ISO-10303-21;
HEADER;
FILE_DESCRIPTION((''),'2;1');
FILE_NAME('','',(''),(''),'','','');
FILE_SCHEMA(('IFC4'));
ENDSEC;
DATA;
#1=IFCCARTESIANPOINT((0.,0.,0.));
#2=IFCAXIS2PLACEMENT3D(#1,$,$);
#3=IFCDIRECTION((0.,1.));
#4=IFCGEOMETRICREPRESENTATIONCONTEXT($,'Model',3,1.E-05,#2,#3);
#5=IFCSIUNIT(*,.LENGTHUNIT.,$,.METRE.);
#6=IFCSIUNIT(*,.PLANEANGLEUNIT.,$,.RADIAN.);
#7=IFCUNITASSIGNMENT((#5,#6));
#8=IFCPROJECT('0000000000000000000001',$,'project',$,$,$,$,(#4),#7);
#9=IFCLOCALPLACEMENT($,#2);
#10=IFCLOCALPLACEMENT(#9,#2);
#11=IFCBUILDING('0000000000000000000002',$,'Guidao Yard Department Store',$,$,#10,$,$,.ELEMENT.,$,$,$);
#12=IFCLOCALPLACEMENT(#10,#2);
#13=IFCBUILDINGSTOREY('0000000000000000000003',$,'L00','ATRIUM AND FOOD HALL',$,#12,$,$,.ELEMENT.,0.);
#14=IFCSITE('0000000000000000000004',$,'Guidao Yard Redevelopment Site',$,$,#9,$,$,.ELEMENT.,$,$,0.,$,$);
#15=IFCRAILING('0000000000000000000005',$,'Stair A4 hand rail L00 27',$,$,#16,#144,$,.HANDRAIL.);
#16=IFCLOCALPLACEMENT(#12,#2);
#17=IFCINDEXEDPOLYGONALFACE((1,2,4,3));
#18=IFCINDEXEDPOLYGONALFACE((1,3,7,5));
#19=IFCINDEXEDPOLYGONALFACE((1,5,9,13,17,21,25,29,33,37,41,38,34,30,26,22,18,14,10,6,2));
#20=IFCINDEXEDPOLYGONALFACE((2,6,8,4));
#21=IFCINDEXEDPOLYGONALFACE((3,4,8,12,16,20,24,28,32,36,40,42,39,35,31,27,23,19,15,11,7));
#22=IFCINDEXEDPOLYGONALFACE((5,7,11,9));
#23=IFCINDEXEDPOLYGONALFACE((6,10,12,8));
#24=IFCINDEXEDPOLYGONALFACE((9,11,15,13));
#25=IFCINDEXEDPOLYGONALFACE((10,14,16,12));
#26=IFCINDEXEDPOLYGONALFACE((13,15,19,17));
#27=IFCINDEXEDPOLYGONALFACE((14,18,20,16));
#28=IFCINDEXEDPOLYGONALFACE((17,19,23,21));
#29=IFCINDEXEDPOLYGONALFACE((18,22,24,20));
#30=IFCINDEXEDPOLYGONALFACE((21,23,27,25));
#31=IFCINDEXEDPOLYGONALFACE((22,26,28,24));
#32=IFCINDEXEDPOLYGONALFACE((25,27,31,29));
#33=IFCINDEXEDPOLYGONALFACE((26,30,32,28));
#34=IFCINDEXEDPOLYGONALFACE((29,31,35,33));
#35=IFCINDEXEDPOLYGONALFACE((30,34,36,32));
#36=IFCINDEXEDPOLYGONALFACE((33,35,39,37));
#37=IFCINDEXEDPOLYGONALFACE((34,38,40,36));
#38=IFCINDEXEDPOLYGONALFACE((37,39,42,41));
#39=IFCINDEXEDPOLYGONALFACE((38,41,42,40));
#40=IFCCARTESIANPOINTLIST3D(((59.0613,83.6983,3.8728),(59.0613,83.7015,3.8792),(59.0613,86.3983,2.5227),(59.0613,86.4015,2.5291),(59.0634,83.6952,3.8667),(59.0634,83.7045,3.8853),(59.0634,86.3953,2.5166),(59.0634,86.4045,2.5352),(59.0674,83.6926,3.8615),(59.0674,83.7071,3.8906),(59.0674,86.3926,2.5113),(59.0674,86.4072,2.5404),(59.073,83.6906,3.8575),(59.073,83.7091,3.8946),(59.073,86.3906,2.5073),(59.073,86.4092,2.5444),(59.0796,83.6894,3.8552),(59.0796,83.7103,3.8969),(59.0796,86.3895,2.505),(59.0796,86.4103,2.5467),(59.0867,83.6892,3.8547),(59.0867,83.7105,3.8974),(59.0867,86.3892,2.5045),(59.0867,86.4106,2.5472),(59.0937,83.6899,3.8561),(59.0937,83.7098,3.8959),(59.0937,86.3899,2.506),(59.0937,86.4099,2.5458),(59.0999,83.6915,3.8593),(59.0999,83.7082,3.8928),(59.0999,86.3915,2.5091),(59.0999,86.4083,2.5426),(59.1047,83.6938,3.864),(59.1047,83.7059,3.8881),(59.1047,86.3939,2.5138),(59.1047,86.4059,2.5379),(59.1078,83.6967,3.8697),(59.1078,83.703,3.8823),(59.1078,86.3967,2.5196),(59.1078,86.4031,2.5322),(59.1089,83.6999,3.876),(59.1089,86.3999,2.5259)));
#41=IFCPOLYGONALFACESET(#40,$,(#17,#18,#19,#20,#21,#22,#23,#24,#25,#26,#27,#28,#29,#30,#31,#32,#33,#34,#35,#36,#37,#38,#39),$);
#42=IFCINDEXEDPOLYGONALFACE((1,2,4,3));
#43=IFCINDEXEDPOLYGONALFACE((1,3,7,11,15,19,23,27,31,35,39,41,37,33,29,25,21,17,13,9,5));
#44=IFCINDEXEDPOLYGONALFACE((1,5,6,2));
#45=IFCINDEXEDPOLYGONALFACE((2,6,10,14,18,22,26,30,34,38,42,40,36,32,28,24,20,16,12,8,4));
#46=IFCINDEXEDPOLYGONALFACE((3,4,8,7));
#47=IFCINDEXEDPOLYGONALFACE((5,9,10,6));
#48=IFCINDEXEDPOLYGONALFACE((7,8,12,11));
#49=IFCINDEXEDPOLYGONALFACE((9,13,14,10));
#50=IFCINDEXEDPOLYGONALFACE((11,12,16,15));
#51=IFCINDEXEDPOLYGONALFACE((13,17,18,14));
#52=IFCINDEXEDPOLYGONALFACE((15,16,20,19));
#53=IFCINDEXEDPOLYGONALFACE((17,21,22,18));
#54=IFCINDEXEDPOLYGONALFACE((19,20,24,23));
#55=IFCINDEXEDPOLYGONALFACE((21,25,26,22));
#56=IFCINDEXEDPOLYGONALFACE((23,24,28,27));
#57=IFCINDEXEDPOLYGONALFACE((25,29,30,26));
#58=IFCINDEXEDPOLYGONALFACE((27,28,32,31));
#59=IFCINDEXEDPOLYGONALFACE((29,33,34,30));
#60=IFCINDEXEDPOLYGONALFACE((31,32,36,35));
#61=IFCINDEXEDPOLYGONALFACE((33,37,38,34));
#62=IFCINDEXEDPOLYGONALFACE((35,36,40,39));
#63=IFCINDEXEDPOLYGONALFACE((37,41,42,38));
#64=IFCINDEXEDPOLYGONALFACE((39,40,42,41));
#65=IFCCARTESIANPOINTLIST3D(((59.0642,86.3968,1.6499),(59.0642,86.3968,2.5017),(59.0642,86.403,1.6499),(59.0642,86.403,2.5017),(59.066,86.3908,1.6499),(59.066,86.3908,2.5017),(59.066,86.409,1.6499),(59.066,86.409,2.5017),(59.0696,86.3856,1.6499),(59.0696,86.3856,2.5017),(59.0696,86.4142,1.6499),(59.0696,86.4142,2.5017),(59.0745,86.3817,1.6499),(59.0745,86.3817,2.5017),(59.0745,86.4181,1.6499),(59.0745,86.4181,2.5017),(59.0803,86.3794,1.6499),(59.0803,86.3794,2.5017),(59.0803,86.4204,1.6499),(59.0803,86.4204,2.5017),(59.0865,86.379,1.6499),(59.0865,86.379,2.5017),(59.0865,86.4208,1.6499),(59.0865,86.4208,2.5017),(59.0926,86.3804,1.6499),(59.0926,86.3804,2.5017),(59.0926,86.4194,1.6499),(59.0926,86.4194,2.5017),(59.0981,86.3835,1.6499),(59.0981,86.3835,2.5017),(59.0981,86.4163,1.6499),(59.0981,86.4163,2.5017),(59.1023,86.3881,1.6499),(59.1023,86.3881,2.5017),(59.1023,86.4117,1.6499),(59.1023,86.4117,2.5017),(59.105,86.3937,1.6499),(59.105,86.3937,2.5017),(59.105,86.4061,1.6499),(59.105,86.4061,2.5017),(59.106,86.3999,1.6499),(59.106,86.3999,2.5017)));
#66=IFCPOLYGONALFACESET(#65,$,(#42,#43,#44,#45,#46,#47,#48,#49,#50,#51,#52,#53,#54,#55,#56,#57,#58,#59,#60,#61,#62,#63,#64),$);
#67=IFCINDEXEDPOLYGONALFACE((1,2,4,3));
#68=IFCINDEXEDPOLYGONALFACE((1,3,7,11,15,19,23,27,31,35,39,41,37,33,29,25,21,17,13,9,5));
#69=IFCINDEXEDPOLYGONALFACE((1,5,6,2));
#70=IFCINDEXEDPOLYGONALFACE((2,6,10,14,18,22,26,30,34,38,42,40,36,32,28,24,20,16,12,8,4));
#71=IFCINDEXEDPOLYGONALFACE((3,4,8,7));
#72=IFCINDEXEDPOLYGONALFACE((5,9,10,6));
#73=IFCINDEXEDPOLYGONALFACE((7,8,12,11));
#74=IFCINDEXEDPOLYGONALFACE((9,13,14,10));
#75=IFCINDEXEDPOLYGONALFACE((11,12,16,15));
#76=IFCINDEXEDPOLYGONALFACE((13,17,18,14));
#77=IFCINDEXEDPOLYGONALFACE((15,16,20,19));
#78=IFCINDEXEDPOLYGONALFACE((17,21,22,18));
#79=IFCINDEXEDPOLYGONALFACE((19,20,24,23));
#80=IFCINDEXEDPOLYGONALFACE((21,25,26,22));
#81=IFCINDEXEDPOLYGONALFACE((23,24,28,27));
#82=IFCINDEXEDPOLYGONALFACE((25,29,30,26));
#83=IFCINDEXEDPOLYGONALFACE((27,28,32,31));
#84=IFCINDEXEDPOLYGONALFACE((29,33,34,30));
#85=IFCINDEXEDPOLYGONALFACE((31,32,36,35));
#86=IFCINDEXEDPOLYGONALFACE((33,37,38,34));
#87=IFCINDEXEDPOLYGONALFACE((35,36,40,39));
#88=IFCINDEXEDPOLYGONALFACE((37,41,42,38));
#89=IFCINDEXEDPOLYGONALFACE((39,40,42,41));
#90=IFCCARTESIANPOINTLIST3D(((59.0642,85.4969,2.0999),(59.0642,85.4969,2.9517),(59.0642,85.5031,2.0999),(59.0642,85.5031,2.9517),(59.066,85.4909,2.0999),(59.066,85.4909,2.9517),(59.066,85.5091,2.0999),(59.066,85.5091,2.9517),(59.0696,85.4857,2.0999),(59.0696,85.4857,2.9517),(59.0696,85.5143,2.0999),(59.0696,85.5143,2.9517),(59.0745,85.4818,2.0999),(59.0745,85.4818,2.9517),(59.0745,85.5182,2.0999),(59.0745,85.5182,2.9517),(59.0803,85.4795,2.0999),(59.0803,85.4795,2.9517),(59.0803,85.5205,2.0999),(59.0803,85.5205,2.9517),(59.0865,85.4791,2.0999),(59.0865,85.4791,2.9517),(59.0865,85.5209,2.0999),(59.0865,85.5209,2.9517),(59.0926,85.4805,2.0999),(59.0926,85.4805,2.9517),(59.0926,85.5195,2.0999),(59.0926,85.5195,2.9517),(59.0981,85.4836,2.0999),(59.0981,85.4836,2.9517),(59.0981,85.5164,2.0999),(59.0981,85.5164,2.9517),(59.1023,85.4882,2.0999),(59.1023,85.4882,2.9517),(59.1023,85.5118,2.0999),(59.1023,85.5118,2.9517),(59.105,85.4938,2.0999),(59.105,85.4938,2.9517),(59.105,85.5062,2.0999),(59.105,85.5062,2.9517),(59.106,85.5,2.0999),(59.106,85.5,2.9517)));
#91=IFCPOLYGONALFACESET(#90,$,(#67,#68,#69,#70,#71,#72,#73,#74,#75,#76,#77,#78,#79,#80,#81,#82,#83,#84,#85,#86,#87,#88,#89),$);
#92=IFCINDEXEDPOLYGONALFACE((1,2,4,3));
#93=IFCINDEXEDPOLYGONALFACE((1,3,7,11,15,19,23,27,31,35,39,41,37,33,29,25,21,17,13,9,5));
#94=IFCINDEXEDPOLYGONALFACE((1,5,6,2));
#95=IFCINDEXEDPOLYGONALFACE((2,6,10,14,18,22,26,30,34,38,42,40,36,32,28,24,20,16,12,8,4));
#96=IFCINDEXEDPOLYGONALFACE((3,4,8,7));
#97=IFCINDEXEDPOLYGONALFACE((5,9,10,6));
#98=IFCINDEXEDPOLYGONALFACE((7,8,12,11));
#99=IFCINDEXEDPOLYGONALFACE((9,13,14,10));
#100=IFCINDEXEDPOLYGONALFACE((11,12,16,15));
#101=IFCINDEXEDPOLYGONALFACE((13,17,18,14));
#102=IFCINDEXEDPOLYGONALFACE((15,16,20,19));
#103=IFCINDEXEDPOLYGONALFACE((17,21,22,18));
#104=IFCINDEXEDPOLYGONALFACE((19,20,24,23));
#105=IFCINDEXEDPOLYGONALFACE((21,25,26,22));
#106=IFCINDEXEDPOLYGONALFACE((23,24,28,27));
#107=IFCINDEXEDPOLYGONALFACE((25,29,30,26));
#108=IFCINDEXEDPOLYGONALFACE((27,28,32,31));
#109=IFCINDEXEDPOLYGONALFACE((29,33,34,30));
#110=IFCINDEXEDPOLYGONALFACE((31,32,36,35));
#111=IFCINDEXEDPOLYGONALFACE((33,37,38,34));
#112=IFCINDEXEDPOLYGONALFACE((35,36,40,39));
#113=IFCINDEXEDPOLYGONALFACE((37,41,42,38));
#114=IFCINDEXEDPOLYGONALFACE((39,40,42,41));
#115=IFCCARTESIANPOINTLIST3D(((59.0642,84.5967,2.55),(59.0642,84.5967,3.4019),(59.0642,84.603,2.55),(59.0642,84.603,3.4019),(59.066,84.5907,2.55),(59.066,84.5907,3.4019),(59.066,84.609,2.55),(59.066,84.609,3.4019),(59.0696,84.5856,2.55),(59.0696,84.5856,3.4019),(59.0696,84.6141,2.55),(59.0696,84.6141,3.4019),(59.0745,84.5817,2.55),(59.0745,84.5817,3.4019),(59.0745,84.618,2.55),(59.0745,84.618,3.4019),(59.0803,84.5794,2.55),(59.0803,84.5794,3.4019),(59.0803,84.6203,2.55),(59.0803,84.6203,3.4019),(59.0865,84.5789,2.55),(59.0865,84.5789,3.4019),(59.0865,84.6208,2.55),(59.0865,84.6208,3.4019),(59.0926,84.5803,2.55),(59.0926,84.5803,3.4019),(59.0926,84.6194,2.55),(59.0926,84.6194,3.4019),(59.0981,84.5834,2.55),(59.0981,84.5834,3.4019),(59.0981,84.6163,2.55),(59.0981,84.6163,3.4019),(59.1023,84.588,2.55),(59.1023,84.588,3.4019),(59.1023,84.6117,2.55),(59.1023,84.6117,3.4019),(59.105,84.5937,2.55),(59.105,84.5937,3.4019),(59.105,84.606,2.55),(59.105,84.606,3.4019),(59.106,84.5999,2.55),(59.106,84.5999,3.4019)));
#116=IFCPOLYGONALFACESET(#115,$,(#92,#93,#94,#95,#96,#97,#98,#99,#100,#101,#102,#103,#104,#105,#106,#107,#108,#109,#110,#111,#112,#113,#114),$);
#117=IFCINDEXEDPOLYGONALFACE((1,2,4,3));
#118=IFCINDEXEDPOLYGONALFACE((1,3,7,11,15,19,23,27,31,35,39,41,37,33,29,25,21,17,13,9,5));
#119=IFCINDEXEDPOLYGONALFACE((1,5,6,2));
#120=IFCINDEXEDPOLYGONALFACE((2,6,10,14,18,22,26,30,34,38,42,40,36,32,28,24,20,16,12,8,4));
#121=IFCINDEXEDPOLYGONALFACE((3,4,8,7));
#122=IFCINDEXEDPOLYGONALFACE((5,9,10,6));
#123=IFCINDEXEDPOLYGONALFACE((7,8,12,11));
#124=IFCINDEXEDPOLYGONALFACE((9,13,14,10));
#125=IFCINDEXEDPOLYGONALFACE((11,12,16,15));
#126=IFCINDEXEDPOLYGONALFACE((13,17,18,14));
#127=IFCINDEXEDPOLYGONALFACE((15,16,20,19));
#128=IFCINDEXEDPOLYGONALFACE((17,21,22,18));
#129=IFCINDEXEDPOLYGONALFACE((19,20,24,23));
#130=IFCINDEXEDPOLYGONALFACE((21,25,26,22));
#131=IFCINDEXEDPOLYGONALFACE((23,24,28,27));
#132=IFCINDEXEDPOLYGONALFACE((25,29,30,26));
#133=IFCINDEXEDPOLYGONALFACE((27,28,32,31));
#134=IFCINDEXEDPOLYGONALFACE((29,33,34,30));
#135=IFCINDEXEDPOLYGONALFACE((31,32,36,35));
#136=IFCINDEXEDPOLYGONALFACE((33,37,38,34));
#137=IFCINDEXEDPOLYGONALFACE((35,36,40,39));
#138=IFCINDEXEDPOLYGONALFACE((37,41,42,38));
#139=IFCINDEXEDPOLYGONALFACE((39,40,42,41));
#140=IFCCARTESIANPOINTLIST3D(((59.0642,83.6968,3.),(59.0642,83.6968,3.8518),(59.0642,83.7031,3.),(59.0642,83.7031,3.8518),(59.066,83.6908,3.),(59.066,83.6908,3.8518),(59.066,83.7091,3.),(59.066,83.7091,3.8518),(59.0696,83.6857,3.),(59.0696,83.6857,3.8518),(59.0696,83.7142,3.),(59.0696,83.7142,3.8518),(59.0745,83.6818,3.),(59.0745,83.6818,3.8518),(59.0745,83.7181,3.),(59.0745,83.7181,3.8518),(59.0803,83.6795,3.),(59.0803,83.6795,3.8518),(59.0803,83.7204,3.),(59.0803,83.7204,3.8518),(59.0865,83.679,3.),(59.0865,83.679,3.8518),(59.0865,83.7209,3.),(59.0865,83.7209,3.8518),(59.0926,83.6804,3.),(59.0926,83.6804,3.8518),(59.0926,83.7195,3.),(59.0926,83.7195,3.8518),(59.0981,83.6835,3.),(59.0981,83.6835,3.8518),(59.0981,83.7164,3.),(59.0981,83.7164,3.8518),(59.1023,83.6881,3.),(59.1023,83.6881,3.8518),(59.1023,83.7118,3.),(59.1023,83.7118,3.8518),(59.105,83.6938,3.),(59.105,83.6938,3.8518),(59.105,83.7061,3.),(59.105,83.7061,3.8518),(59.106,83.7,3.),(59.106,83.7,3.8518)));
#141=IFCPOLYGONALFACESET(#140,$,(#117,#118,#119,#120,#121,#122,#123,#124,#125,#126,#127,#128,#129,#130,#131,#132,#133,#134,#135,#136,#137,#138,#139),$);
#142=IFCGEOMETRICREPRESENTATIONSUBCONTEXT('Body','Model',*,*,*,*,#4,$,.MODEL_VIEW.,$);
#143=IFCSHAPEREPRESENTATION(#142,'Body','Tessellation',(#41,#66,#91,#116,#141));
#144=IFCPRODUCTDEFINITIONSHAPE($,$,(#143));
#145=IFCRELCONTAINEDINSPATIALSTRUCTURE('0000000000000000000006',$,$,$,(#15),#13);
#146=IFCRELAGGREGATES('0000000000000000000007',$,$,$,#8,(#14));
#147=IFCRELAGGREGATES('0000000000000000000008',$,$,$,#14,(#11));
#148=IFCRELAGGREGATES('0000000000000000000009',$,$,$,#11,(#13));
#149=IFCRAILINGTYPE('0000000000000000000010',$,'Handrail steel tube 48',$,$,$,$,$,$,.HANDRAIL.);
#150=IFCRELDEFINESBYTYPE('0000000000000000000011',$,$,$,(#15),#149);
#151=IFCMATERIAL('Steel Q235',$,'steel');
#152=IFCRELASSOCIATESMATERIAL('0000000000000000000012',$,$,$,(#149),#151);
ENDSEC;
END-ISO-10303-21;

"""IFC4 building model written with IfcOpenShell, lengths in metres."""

from ifc_helpers import new_model, si_unit, direction, frame, origin, origin_2d, place, context, subcontext, project, spatial, circle, extrude, material, type_object, element, save


model = new_model("IFC4")

# Units and contexts
model_context = context("Model", 3, precision=1e-05, world=origin(), true_north=direction((0.0, 1.0)))
body_context = subcontext(model_context, "Body", "Model", "MODEL_VIEW")
ifc_project = project(units=[si_unit("LENGTHUNIT", "METRE"), si_unit("PLANEANGLEUNIT", "RADIAN")], contexts=[model_context])

# Site, building, storey
site_placement = place(None, origin())
site = spatial("IfcSite", under=ifc_project, at=site_placement, Name="Guidao Yard Redevelopment Site", CompositionType="ELEMENT", RefElevation=0.0)
building_placement = place(site_placement, origin())
building = spatial("IfcBuilding", under=site, at=building_placement, Name="Guidao Yard Department Store", CompositionType="ELEMENT")
storey_placement = place(building_placement, origin())
storey = spatial("IfcBuildingStorey", under=building, at=storey_placement, Name="L00", Description="ATRIUM AND FOOD HALL", CompositionType="ELEMENT", Elevation=0.0)

# Railing
ifc_material_1 = material(Name="Steel Q235", Category="steel")
railing_type = type_object("IfcRailingType", Name="Handrail steel tube 48", PredefinedType="HANDRAIL", material=ifc_material_1)
for number, where, name in (
    (1, (59.085, 86.3999, 1.6499), "Stair A4 hand rail L00 27"),
):
    element("IfcRailing", number, at=place(storey_placement, frame(where)), inside=storey, type_object=railing_type, Name=name, PredefinedType="HANDRAIL", context=body_context, shape_type="SweptSolid", body=[
        extrude(circle(Radius=0.0239, at=origin_2d()), frame((0.0, 0.0, 0.876), z_axis=(0.0, -0.894411, 0.447246), x_axis=(1.0, 0.0, 0.0)), (0.0, 0.0, 1.0), 3.0188),
        extrude(circle(Radius=0.021, at=origin_2d()), origin(), (0.0, 0.0, 1.0), 0.8518),
        extrude(circle(Radius=0.021, at=origin_2d()), frame((0.0, -0.8999, 0.45)), (0.0, 0.0, 1.0), 0.8518),
        extrude(circle(Radius=0.021, at=origin_2d()), frame((0.0, -1.8, 0.9001)), (0.0, 0.0, 1.0), 0.8518),
        extrude(circle(Radius=0.021, at=origin_2d()), frame((0.0, -2.7, 1.3501)), (0.0, 0.0, 1.0), 0.8518),
    ])

save(model, "model.ifc")
